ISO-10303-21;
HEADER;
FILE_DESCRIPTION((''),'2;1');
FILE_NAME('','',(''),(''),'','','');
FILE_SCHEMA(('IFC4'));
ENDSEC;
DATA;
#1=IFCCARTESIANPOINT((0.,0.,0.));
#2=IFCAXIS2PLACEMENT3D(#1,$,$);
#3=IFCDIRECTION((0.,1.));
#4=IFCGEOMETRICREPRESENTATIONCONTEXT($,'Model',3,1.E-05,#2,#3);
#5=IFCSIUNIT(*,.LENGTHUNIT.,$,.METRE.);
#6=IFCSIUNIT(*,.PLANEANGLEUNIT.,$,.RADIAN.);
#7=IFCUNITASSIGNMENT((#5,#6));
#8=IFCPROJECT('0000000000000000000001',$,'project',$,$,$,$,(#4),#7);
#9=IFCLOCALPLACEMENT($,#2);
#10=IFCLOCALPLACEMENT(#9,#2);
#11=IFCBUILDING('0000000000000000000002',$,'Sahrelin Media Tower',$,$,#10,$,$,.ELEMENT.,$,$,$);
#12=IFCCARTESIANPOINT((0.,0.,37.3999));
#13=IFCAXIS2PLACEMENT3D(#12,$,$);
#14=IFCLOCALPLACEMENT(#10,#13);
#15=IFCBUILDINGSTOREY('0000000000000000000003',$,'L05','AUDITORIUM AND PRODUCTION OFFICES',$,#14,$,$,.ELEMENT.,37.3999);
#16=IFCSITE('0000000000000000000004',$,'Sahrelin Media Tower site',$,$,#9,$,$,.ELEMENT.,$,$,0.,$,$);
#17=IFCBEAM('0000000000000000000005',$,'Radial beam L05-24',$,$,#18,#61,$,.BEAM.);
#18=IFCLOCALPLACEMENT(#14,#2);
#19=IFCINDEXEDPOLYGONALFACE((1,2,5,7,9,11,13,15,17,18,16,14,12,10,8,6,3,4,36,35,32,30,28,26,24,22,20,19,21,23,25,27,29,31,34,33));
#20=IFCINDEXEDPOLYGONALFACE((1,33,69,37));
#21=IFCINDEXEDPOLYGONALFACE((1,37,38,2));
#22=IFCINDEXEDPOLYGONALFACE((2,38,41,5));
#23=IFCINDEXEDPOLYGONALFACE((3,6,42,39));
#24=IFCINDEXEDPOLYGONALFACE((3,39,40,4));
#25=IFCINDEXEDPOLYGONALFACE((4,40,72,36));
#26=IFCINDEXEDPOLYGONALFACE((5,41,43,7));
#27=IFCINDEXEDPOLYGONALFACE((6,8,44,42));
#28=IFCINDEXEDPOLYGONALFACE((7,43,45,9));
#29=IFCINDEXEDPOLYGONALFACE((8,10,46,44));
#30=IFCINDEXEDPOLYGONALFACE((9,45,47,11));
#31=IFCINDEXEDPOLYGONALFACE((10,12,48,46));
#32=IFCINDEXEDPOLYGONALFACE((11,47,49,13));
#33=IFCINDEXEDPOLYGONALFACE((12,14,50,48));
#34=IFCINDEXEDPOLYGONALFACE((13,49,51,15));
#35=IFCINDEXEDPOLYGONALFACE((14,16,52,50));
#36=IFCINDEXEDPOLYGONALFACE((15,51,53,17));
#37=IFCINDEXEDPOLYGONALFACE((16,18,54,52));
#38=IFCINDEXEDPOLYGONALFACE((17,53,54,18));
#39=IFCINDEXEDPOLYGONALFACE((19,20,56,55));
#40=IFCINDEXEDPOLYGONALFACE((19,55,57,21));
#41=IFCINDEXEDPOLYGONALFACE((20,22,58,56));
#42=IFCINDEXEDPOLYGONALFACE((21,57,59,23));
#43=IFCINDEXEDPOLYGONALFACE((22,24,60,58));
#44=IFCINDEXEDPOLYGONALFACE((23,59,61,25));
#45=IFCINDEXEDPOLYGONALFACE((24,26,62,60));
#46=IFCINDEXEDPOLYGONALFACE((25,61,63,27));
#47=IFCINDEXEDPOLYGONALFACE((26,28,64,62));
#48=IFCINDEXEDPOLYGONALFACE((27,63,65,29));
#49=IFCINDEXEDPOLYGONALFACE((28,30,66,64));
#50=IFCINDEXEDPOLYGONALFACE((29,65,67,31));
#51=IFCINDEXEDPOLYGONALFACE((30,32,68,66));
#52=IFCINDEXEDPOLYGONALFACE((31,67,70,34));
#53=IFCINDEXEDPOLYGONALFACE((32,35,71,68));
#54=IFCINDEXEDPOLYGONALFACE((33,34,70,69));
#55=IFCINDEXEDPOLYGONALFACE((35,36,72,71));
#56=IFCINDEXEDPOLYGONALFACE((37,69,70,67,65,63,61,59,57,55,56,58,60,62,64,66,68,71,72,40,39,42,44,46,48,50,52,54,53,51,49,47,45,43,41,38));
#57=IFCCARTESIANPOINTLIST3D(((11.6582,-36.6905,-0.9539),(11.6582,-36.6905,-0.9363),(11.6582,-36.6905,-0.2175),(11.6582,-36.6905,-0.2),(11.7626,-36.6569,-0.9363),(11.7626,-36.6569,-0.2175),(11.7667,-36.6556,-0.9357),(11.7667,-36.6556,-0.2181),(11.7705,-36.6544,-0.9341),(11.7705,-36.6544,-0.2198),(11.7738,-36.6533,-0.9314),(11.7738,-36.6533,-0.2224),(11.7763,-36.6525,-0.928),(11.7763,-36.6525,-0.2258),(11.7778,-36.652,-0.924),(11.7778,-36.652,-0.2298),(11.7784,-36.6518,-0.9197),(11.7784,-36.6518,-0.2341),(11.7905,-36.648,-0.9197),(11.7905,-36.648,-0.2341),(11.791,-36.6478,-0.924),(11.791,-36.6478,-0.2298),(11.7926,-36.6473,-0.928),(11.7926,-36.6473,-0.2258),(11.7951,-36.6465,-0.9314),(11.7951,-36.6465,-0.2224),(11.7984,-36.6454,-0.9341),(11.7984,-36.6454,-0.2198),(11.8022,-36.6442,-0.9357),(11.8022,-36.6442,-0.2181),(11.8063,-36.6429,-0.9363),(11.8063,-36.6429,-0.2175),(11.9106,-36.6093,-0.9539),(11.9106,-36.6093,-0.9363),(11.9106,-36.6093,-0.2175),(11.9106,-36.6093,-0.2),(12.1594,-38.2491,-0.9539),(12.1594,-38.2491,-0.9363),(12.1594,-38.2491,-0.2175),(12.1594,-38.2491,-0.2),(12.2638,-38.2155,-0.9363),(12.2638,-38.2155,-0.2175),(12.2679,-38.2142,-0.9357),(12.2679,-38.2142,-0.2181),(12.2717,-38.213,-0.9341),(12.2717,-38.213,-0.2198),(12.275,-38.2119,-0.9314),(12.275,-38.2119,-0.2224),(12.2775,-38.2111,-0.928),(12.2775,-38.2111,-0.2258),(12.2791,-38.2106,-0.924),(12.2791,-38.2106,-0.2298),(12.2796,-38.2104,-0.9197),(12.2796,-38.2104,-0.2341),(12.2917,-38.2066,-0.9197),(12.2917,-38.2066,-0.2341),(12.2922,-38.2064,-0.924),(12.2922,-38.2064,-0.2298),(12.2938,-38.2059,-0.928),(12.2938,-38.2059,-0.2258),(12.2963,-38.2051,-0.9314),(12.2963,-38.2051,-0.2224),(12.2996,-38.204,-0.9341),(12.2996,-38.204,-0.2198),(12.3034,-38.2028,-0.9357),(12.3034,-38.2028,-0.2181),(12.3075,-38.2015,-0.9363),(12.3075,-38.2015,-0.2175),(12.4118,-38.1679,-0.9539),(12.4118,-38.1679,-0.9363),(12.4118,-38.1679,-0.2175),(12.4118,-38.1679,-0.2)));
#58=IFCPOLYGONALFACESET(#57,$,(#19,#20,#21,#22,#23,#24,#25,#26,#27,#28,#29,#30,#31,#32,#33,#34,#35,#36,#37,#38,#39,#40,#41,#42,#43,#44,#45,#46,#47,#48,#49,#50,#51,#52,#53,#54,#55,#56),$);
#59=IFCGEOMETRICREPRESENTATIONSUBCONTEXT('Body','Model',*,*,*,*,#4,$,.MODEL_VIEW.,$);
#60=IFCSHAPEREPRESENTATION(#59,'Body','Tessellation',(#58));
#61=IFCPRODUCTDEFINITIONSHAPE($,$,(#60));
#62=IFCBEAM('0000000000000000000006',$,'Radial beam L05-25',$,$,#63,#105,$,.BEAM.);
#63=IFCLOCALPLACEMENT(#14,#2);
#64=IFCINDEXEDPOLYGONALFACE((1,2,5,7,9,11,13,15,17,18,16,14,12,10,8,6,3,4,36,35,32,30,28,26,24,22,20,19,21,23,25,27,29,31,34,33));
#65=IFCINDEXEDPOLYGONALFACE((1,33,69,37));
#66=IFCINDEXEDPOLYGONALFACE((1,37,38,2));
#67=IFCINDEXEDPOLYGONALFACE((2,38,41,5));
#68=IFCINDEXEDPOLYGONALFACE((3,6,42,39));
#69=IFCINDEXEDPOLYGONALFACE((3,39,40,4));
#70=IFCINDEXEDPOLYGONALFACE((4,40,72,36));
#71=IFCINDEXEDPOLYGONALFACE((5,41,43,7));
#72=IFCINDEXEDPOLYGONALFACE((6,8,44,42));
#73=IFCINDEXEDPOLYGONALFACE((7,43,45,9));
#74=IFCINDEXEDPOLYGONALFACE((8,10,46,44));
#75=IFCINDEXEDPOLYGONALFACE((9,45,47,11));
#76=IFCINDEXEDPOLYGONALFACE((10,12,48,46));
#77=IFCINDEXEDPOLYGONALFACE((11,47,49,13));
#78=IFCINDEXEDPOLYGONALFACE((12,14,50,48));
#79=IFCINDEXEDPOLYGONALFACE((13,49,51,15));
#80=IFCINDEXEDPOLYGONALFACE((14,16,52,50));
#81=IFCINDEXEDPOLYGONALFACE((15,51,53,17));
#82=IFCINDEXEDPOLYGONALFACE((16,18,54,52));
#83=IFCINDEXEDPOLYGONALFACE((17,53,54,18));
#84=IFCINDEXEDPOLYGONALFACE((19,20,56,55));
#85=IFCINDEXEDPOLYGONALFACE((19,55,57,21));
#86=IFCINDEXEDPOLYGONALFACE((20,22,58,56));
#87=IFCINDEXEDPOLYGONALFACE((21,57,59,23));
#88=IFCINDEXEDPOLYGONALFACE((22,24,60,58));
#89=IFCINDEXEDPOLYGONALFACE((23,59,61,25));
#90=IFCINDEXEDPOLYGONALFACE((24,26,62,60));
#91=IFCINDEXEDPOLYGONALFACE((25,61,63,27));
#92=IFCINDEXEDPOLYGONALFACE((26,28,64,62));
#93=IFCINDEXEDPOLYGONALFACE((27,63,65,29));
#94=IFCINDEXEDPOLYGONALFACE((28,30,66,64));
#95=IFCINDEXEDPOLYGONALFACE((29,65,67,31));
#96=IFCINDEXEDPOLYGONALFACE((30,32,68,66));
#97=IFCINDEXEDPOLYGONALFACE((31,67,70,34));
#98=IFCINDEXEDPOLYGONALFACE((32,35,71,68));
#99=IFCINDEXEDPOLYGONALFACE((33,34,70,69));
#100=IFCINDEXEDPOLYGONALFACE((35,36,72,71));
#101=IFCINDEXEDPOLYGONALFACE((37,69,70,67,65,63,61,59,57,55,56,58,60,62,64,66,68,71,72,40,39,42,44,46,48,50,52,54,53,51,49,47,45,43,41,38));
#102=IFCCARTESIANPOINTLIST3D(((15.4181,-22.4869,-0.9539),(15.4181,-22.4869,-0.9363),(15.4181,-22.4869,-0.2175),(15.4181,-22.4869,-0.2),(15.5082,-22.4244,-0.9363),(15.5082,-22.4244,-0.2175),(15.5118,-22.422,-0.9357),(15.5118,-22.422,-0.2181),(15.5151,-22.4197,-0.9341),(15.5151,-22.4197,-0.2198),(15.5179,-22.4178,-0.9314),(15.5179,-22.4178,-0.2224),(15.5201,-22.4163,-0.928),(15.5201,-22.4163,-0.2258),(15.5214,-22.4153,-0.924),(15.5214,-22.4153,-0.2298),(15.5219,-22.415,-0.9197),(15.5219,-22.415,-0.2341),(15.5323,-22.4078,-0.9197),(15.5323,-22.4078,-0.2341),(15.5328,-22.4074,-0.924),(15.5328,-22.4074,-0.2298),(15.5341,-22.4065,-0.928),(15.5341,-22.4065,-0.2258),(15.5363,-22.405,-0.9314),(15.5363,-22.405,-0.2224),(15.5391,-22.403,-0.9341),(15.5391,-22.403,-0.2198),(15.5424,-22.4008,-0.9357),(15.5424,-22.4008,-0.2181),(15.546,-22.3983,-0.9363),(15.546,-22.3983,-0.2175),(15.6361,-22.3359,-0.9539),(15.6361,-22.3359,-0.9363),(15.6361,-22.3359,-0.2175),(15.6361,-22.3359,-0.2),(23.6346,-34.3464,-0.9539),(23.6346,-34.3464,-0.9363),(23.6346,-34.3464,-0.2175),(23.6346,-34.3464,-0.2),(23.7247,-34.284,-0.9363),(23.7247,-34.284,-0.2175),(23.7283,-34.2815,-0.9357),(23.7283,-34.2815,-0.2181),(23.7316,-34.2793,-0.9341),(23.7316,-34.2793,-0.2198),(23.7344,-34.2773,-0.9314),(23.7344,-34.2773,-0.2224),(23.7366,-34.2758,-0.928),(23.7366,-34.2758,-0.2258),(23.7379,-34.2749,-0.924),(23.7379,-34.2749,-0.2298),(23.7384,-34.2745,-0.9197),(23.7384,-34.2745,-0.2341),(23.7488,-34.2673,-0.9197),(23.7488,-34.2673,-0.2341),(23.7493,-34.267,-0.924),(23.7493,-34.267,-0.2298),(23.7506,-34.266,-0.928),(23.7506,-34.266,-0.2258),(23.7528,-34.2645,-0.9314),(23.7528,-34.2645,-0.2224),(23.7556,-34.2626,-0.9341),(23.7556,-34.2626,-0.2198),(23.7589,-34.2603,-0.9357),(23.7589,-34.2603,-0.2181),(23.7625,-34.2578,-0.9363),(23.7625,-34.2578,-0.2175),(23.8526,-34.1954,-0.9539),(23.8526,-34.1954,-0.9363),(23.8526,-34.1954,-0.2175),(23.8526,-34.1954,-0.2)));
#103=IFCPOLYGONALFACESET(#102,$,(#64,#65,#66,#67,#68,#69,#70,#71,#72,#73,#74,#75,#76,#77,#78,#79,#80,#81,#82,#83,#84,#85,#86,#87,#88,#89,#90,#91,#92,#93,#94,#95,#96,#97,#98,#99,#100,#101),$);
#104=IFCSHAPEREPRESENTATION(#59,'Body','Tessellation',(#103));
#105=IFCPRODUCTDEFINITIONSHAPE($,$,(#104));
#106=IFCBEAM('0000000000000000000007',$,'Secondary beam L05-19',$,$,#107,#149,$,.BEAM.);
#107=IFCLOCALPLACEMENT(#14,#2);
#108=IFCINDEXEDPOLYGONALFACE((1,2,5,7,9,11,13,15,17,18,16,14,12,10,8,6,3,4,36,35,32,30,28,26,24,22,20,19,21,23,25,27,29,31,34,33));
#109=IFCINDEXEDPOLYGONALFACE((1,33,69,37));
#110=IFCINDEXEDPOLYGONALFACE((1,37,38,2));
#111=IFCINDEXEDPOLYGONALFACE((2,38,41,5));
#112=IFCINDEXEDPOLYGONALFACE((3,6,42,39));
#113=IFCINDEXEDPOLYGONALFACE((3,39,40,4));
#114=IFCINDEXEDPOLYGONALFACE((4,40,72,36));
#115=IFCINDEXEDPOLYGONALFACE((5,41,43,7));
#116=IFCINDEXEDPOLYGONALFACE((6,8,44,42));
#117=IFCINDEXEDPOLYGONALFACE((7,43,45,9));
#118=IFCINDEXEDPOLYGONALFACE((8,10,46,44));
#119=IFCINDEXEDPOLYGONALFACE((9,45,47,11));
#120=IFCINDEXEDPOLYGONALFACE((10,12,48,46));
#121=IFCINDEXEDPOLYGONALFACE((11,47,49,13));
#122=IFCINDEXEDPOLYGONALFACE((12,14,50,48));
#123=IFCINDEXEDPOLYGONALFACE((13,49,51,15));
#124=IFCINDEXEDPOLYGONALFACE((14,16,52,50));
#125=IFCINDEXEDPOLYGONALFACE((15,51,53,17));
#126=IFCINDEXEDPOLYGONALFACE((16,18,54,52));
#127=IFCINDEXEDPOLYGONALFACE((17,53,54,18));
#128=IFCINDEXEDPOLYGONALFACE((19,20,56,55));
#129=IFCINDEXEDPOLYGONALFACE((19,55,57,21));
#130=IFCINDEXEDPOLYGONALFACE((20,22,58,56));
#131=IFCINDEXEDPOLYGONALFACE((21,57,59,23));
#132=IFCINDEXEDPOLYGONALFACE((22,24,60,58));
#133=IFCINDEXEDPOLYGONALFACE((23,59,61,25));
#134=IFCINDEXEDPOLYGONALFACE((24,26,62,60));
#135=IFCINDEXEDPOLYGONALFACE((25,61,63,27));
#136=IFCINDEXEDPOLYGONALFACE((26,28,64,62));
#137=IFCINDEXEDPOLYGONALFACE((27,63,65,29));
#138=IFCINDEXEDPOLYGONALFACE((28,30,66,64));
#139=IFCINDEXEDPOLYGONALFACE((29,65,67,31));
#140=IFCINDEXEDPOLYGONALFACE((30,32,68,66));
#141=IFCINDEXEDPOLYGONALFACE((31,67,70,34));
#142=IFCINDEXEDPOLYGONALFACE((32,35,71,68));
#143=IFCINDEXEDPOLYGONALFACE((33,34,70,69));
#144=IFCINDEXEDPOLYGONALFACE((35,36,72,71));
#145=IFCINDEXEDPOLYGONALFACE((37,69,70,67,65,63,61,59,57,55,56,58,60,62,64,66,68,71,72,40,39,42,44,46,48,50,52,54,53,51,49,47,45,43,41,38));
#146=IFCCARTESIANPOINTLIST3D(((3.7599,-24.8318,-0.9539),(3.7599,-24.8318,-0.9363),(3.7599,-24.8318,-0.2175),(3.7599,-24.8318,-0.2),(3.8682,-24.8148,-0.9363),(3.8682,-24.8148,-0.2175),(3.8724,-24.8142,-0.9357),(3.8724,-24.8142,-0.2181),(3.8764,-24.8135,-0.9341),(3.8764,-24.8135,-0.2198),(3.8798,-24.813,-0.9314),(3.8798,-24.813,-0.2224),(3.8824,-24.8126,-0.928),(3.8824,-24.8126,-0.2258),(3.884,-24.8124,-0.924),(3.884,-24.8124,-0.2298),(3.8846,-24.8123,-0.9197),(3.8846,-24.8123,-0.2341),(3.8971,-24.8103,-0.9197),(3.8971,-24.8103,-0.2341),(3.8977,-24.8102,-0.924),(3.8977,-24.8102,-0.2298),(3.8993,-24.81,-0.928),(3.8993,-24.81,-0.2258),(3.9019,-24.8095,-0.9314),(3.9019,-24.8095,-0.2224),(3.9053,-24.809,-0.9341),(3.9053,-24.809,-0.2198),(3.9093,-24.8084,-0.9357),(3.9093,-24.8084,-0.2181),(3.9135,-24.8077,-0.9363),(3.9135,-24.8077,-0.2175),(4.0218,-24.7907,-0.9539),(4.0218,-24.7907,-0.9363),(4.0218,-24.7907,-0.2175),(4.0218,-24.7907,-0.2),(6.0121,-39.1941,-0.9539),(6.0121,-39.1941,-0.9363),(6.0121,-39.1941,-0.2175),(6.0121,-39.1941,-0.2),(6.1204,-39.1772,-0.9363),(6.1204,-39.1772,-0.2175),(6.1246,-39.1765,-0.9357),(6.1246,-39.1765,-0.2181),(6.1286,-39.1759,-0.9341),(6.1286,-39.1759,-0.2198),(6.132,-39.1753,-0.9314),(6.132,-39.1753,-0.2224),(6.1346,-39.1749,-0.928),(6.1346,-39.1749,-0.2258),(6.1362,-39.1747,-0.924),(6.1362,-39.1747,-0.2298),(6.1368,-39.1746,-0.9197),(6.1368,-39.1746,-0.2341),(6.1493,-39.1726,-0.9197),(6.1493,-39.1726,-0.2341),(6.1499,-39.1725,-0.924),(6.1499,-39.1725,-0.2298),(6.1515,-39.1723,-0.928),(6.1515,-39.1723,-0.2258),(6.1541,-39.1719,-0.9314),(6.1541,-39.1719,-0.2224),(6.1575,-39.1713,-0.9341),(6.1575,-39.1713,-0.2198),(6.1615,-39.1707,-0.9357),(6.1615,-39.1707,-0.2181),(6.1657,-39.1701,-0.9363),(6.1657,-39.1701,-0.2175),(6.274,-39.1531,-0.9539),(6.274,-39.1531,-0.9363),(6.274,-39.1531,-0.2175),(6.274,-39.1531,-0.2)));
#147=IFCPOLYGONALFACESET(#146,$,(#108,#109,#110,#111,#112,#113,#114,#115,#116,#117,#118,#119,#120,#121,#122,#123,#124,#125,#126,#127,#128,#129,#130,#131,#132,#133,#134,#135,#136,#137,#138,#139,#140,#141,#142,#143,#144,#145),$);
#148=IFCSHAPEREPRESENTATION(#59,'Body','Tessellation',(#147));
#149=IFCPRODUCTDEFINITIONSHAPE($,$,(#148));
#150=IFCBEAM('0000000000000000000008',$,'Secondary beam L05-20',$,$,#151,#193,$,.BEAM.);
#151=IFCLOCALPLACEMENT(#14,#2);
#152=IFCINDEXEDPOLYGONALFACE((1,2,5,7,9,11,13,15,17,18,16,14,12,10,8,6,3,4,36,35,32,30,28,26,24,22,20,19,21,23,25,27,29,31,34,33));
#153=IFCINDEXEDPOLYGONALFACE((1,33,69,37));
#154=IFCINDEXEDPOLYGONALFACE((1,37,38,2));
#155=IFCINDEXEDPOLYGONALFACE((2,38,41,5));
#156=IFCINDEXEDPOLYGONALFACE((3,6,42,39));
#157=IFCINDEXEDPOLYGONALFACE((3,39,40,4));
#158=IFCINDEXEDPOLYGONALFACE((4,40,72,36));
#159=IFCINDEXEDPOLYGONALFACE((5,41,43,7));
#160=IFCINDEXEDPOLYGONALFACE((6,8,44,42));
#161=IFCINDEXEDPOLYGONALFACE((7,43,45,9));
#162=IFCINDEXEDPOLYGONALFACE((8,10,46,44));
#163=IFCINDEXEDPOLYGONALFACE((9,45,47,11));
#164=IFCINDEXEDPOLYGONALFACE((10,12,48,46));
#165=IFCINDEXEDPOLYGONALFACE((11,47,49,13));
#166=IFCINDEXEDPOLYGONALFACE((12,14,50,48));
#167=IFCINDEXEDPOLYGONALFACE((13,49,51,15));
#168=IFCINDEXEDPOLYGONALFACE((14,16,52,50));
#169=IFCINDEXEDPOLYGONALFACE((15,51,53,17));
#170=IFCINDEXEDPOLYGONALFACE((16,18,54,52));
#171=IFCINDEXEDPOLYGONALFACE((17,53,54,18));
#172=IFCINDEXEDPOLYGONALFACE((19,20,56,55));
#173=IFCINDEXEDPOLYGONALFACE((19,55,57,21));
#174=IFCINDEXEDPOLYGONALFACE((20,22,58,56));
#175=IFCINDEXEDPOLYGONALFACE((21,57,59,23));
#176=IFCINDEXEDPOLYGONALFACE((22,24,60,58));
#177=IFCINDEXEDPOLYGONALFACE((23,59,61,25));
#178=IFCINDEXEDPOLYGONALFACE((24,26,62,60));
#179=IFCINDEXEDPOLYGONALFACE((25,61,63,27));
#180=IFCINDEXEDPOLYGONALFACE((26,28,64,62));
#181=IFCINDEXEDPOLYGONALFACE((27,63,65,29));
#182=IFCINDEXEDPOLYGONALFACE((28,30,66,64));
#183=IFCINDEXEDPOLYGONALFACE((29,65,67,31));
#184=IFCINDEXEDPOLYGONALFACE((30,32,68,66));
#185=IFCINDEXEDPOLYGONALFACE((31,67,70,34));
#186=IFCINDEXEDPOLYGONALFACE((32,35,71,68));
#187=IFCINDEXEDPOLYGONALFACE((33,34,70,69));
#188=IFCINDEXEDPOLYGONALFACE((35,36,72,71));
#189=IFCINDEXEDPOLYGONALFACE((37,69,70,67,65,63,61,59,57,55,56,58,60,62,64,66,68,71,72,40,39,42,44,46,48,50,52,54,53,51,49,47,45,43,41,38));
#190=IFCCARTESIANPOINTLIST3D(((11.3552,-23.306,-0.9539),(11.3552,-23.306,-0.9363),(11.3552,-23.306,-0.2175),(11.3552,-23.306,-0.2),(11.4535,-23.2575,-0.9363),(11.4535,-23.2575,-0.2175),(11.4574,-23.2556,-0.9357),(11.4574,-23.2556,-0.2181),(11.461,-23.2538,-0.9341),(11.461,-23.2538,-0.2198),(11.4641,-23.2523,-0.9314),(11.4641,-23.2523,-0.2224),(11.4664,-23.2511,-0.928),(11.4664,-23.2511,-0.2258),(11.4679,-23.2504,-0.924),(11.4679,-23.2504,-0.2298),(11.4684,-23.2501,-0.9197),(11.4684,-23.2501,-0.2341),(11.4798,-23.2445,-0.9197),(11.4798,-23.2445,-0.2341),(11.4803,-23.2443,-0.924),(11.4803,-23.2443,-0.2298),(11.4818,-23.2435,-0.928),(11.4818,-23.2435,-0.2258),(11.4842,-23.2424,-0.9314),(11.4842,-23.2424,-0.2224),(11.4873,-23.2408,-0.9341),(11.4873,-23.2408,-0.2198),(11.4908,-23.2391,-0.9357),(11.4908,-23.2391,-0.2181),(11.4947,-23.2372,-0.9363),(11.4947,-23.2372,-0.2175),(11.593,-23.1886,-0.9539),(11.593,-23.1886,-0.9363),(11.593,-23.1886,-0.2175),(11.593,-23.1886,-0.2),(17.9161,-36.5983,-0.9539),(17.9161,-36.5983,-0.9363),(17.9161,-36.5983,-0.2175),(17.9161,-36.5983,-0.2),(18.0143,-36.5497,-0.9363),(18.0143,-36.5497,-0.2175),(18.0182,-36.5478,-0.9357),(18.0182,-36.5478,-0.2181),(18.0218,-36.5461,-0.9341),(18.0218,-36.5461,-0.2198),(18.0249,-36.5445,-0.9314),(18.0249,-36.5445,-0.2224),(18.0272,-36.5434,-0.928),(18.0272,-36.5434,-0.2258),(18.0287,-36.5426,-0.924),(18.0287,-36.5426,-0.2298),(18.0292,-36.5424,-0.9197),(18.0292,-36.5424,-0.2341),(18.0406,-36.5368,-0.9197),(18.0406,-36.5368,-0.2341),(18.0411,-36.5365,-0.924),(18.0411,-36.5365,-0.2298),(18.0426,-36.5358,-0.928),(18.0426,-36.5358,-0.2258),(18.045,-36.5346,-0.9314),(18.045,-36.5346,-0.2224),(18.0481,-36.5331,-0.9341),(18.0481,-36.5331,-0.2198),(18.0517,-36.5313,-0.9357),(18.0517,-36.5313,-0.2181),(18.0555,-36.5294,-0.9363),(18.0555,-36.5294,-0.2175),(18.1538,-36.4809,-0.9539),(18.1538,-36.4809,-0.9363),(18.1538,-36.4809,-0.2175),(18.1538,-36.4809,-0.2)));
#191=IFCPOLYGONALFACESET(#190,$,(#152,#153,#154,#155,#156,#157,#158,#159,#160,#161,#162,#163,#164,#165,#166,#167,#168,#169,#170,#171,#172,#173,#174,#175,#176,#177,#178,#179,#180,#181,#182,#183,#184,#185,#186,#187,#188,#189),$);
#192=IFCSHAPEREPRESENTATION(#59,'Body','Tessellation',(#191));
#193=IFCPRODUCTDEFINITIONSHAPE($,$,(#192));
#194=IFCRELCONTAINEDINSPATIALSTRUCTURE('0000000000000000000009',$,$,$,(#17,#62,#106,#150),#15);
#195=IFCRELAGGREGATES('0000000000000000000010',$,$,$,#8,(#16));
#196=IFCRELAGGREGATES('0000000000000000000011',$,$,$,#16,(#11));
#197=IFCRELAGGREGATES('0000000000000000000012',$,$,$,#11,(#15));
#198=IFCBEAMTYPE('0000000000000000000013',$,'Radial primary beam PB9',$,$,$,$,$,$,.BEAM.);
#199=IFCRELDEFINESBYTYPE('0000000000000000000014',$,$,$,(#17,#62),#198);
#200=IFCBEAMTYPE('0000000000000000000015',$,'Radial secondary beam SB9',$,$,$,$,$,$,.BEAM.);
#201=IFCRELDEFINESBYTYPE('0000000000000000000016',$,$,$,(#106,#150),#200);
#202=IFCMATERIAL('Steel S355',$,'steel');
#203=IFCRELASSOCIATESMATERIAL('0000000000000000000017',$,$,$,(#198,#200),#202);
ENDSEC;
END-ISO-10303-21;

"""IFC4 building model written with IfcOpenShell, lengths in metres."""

from ifc_helpers import new_model, si_unit, direction, frame, origin, origin_2d, place, context, subcontext, project, spatial, i_section, extrude, material, material_profile, profile_set, type_object, element, save


model = new_model("IFC4")

# Units and contexts
model_context = context("Model", 3, precision=1e-05, world=origin(), true_north=direction((0.0, 1.0)))
body_context = subcontext(model_context, "Body", "Model", "MODEL_VIEW")
ifc_project = project(units=[si_unit("LENGTHUNIT", "METRE"), si_unit("PLANEANGLEUNIT", "RADIAN")], contexts=[model_context])

# Site, building, storey
site_placement = place(None, origin())
site = spatial("IfcSite", under=ifc_project, at=site_placement, Name="Sahrelin Media Tower site", CompositionType="ELEMENT", RefElevation=0.0)
building_placement = place(site_placement, origin())
building = spatial("IfcBuilding", under=site, at=building_placement, Name="Sahrelin Media Tower", CompositionType="ELEMENT")
storey_placement = place(building_placement, frame((0.0, 0.0, 37.3999)))
storey = spatial("IfcBuildingStorey", under=building, at=storey_placement, Name="L05", Description="AUDITORIUM AND PRODUCTION OFFICES", CompositionType="ELEMENT", Elevation=37.3999)

# Shared definitions
ifc_material_1 = material(Name="Steel S355", Category="steel")

# Beams
ifc_material_profile_1 = material_profile(ifc_material_1, i_section(OverallWidth=0.2651, OverallDepth=0.7539, WebThickness=0.0127, FlangeThickness=0.0176, FilletRadius=0.0166, at=origin_2d()), Name="UB 762x267x147")
ifc_profile_set_1 = profile_set([ifc_material_profile_1], Name="Steel S355")
beam_type_1 = type_object("IfcBeamType", Name="Radial primary beam PB9", PredefinedType="BEAM", material=ifc_profile_set_1)
beam_1_placement = place(storey_placement, frame((11.7844, -36.6499, -0.5769), z_axis=(0.306144, -0.951985, 0.0), x_axis=(0.951985, 0.306144, 0.0)))
element("IfcBeam", 1, at=beam_1_placement, inside=storey, type_object=beam_type_1, Name="Radial beam L05-24", PredefinedType="BEAM", context=body_context, shape_type="SweptSolid", body=[
    extrude(i_section(OverallWidth=0.2651, OverallDepth=0.7539, WebThickness=0.0127, FlangeThickness=0.0176, FilletRadius=0.0166, at=origin_2d()), origin(), (0.0, 0.0, 1.0), 1.6372),
])
beam_2_placement = place(storey_placement, frame((15.5271, -22.4114, -0.5769), z_axis=(0.569493, -0.821996, 0.0), x_axis=(0.821996, 0.569493, 0.0)))
element("IfcBeam", 2, at=beam_2_placement, inside=storey, type_object=beam_type_1, Name="Radial beam L05-25", PredefinedType="BEAM", context=body_context, shape_type="SweptSolid", body=[
    extrude(i_section(OverallWidth=0.2651, OverallDepth=0.7539, WebThickness=0.0127, FlangeThickness=0.0176, FilletRadius=0.0166, at=origin_2d()), origin(), (0.0, 0.0, 1.0), 14.4277),
])
ifc_material_profile_2 = material_profile(ifc_material_1, i_section(OverallWidth=0.2651, OverallDepth=0.7539, WebThickness=0.0127, FlangeThickness=0.0176, FilletRadius=0.0166, at=origin_2d()), Name="UB 762x267x147")
ifc_profile_set_2 = profile_set([ifc_material_profile_2], Name="Steel S355")
beam_type_2 = type_object("IfcBeamType", Name="Radial secondary beam SB9", PredefinedType="BEAM", material=ifc_profile_set_2)
beam_3_placement = place(storey_placement, frame((3.8909, -24.8113, -0.5769), z_axis=(0.15492, -0.987927, 0.0), x_axis=(0.987927, 0.15492, 0.0)))
element("IfcBeam", 3, at=beam_3_placement, inside=storey, type_object=beam_type_2, Name="Secondary beam L05-19", PredefinedType="BEAM", context=body_context, shape_type="SweptSolid", body=[
    extrude(i_section(OverallWidth=0.2651, OverallDepth=0.7539, WebThickness=0.0127, FlangeThickness=0.0176, FilletRadius=0.0166, at=origin_2d()), origin(), (0.0, 0.0, 1.0), 14.5378),
])
beam_4_placement = place(storey_placement, frame((11.4741, -23.2473, -0.5769), z_axis=(0.442603, -0.896718, 0.0), x_axis=(0.896718, 0.442603, 0.0)))
element("IfcBeam", 4, at=beam_4_placement, inside=storey, type_object=beam_type_2, Name="Secondary beam L05-20", PredefinedType="BEAM", context=body_context, shape_type="SweptSolid", body=[
    extrude(i_section(OverallWidth=0.2651, OverallDepth=0.7539, WebThickness=0.0127, FlangeThickness=0.0176, FilletRadius=0.0166, at=origin_2d()), origin(), (0.0, 0.0, 1.0), 14.8232),
])

save(model, "model.ifc")
